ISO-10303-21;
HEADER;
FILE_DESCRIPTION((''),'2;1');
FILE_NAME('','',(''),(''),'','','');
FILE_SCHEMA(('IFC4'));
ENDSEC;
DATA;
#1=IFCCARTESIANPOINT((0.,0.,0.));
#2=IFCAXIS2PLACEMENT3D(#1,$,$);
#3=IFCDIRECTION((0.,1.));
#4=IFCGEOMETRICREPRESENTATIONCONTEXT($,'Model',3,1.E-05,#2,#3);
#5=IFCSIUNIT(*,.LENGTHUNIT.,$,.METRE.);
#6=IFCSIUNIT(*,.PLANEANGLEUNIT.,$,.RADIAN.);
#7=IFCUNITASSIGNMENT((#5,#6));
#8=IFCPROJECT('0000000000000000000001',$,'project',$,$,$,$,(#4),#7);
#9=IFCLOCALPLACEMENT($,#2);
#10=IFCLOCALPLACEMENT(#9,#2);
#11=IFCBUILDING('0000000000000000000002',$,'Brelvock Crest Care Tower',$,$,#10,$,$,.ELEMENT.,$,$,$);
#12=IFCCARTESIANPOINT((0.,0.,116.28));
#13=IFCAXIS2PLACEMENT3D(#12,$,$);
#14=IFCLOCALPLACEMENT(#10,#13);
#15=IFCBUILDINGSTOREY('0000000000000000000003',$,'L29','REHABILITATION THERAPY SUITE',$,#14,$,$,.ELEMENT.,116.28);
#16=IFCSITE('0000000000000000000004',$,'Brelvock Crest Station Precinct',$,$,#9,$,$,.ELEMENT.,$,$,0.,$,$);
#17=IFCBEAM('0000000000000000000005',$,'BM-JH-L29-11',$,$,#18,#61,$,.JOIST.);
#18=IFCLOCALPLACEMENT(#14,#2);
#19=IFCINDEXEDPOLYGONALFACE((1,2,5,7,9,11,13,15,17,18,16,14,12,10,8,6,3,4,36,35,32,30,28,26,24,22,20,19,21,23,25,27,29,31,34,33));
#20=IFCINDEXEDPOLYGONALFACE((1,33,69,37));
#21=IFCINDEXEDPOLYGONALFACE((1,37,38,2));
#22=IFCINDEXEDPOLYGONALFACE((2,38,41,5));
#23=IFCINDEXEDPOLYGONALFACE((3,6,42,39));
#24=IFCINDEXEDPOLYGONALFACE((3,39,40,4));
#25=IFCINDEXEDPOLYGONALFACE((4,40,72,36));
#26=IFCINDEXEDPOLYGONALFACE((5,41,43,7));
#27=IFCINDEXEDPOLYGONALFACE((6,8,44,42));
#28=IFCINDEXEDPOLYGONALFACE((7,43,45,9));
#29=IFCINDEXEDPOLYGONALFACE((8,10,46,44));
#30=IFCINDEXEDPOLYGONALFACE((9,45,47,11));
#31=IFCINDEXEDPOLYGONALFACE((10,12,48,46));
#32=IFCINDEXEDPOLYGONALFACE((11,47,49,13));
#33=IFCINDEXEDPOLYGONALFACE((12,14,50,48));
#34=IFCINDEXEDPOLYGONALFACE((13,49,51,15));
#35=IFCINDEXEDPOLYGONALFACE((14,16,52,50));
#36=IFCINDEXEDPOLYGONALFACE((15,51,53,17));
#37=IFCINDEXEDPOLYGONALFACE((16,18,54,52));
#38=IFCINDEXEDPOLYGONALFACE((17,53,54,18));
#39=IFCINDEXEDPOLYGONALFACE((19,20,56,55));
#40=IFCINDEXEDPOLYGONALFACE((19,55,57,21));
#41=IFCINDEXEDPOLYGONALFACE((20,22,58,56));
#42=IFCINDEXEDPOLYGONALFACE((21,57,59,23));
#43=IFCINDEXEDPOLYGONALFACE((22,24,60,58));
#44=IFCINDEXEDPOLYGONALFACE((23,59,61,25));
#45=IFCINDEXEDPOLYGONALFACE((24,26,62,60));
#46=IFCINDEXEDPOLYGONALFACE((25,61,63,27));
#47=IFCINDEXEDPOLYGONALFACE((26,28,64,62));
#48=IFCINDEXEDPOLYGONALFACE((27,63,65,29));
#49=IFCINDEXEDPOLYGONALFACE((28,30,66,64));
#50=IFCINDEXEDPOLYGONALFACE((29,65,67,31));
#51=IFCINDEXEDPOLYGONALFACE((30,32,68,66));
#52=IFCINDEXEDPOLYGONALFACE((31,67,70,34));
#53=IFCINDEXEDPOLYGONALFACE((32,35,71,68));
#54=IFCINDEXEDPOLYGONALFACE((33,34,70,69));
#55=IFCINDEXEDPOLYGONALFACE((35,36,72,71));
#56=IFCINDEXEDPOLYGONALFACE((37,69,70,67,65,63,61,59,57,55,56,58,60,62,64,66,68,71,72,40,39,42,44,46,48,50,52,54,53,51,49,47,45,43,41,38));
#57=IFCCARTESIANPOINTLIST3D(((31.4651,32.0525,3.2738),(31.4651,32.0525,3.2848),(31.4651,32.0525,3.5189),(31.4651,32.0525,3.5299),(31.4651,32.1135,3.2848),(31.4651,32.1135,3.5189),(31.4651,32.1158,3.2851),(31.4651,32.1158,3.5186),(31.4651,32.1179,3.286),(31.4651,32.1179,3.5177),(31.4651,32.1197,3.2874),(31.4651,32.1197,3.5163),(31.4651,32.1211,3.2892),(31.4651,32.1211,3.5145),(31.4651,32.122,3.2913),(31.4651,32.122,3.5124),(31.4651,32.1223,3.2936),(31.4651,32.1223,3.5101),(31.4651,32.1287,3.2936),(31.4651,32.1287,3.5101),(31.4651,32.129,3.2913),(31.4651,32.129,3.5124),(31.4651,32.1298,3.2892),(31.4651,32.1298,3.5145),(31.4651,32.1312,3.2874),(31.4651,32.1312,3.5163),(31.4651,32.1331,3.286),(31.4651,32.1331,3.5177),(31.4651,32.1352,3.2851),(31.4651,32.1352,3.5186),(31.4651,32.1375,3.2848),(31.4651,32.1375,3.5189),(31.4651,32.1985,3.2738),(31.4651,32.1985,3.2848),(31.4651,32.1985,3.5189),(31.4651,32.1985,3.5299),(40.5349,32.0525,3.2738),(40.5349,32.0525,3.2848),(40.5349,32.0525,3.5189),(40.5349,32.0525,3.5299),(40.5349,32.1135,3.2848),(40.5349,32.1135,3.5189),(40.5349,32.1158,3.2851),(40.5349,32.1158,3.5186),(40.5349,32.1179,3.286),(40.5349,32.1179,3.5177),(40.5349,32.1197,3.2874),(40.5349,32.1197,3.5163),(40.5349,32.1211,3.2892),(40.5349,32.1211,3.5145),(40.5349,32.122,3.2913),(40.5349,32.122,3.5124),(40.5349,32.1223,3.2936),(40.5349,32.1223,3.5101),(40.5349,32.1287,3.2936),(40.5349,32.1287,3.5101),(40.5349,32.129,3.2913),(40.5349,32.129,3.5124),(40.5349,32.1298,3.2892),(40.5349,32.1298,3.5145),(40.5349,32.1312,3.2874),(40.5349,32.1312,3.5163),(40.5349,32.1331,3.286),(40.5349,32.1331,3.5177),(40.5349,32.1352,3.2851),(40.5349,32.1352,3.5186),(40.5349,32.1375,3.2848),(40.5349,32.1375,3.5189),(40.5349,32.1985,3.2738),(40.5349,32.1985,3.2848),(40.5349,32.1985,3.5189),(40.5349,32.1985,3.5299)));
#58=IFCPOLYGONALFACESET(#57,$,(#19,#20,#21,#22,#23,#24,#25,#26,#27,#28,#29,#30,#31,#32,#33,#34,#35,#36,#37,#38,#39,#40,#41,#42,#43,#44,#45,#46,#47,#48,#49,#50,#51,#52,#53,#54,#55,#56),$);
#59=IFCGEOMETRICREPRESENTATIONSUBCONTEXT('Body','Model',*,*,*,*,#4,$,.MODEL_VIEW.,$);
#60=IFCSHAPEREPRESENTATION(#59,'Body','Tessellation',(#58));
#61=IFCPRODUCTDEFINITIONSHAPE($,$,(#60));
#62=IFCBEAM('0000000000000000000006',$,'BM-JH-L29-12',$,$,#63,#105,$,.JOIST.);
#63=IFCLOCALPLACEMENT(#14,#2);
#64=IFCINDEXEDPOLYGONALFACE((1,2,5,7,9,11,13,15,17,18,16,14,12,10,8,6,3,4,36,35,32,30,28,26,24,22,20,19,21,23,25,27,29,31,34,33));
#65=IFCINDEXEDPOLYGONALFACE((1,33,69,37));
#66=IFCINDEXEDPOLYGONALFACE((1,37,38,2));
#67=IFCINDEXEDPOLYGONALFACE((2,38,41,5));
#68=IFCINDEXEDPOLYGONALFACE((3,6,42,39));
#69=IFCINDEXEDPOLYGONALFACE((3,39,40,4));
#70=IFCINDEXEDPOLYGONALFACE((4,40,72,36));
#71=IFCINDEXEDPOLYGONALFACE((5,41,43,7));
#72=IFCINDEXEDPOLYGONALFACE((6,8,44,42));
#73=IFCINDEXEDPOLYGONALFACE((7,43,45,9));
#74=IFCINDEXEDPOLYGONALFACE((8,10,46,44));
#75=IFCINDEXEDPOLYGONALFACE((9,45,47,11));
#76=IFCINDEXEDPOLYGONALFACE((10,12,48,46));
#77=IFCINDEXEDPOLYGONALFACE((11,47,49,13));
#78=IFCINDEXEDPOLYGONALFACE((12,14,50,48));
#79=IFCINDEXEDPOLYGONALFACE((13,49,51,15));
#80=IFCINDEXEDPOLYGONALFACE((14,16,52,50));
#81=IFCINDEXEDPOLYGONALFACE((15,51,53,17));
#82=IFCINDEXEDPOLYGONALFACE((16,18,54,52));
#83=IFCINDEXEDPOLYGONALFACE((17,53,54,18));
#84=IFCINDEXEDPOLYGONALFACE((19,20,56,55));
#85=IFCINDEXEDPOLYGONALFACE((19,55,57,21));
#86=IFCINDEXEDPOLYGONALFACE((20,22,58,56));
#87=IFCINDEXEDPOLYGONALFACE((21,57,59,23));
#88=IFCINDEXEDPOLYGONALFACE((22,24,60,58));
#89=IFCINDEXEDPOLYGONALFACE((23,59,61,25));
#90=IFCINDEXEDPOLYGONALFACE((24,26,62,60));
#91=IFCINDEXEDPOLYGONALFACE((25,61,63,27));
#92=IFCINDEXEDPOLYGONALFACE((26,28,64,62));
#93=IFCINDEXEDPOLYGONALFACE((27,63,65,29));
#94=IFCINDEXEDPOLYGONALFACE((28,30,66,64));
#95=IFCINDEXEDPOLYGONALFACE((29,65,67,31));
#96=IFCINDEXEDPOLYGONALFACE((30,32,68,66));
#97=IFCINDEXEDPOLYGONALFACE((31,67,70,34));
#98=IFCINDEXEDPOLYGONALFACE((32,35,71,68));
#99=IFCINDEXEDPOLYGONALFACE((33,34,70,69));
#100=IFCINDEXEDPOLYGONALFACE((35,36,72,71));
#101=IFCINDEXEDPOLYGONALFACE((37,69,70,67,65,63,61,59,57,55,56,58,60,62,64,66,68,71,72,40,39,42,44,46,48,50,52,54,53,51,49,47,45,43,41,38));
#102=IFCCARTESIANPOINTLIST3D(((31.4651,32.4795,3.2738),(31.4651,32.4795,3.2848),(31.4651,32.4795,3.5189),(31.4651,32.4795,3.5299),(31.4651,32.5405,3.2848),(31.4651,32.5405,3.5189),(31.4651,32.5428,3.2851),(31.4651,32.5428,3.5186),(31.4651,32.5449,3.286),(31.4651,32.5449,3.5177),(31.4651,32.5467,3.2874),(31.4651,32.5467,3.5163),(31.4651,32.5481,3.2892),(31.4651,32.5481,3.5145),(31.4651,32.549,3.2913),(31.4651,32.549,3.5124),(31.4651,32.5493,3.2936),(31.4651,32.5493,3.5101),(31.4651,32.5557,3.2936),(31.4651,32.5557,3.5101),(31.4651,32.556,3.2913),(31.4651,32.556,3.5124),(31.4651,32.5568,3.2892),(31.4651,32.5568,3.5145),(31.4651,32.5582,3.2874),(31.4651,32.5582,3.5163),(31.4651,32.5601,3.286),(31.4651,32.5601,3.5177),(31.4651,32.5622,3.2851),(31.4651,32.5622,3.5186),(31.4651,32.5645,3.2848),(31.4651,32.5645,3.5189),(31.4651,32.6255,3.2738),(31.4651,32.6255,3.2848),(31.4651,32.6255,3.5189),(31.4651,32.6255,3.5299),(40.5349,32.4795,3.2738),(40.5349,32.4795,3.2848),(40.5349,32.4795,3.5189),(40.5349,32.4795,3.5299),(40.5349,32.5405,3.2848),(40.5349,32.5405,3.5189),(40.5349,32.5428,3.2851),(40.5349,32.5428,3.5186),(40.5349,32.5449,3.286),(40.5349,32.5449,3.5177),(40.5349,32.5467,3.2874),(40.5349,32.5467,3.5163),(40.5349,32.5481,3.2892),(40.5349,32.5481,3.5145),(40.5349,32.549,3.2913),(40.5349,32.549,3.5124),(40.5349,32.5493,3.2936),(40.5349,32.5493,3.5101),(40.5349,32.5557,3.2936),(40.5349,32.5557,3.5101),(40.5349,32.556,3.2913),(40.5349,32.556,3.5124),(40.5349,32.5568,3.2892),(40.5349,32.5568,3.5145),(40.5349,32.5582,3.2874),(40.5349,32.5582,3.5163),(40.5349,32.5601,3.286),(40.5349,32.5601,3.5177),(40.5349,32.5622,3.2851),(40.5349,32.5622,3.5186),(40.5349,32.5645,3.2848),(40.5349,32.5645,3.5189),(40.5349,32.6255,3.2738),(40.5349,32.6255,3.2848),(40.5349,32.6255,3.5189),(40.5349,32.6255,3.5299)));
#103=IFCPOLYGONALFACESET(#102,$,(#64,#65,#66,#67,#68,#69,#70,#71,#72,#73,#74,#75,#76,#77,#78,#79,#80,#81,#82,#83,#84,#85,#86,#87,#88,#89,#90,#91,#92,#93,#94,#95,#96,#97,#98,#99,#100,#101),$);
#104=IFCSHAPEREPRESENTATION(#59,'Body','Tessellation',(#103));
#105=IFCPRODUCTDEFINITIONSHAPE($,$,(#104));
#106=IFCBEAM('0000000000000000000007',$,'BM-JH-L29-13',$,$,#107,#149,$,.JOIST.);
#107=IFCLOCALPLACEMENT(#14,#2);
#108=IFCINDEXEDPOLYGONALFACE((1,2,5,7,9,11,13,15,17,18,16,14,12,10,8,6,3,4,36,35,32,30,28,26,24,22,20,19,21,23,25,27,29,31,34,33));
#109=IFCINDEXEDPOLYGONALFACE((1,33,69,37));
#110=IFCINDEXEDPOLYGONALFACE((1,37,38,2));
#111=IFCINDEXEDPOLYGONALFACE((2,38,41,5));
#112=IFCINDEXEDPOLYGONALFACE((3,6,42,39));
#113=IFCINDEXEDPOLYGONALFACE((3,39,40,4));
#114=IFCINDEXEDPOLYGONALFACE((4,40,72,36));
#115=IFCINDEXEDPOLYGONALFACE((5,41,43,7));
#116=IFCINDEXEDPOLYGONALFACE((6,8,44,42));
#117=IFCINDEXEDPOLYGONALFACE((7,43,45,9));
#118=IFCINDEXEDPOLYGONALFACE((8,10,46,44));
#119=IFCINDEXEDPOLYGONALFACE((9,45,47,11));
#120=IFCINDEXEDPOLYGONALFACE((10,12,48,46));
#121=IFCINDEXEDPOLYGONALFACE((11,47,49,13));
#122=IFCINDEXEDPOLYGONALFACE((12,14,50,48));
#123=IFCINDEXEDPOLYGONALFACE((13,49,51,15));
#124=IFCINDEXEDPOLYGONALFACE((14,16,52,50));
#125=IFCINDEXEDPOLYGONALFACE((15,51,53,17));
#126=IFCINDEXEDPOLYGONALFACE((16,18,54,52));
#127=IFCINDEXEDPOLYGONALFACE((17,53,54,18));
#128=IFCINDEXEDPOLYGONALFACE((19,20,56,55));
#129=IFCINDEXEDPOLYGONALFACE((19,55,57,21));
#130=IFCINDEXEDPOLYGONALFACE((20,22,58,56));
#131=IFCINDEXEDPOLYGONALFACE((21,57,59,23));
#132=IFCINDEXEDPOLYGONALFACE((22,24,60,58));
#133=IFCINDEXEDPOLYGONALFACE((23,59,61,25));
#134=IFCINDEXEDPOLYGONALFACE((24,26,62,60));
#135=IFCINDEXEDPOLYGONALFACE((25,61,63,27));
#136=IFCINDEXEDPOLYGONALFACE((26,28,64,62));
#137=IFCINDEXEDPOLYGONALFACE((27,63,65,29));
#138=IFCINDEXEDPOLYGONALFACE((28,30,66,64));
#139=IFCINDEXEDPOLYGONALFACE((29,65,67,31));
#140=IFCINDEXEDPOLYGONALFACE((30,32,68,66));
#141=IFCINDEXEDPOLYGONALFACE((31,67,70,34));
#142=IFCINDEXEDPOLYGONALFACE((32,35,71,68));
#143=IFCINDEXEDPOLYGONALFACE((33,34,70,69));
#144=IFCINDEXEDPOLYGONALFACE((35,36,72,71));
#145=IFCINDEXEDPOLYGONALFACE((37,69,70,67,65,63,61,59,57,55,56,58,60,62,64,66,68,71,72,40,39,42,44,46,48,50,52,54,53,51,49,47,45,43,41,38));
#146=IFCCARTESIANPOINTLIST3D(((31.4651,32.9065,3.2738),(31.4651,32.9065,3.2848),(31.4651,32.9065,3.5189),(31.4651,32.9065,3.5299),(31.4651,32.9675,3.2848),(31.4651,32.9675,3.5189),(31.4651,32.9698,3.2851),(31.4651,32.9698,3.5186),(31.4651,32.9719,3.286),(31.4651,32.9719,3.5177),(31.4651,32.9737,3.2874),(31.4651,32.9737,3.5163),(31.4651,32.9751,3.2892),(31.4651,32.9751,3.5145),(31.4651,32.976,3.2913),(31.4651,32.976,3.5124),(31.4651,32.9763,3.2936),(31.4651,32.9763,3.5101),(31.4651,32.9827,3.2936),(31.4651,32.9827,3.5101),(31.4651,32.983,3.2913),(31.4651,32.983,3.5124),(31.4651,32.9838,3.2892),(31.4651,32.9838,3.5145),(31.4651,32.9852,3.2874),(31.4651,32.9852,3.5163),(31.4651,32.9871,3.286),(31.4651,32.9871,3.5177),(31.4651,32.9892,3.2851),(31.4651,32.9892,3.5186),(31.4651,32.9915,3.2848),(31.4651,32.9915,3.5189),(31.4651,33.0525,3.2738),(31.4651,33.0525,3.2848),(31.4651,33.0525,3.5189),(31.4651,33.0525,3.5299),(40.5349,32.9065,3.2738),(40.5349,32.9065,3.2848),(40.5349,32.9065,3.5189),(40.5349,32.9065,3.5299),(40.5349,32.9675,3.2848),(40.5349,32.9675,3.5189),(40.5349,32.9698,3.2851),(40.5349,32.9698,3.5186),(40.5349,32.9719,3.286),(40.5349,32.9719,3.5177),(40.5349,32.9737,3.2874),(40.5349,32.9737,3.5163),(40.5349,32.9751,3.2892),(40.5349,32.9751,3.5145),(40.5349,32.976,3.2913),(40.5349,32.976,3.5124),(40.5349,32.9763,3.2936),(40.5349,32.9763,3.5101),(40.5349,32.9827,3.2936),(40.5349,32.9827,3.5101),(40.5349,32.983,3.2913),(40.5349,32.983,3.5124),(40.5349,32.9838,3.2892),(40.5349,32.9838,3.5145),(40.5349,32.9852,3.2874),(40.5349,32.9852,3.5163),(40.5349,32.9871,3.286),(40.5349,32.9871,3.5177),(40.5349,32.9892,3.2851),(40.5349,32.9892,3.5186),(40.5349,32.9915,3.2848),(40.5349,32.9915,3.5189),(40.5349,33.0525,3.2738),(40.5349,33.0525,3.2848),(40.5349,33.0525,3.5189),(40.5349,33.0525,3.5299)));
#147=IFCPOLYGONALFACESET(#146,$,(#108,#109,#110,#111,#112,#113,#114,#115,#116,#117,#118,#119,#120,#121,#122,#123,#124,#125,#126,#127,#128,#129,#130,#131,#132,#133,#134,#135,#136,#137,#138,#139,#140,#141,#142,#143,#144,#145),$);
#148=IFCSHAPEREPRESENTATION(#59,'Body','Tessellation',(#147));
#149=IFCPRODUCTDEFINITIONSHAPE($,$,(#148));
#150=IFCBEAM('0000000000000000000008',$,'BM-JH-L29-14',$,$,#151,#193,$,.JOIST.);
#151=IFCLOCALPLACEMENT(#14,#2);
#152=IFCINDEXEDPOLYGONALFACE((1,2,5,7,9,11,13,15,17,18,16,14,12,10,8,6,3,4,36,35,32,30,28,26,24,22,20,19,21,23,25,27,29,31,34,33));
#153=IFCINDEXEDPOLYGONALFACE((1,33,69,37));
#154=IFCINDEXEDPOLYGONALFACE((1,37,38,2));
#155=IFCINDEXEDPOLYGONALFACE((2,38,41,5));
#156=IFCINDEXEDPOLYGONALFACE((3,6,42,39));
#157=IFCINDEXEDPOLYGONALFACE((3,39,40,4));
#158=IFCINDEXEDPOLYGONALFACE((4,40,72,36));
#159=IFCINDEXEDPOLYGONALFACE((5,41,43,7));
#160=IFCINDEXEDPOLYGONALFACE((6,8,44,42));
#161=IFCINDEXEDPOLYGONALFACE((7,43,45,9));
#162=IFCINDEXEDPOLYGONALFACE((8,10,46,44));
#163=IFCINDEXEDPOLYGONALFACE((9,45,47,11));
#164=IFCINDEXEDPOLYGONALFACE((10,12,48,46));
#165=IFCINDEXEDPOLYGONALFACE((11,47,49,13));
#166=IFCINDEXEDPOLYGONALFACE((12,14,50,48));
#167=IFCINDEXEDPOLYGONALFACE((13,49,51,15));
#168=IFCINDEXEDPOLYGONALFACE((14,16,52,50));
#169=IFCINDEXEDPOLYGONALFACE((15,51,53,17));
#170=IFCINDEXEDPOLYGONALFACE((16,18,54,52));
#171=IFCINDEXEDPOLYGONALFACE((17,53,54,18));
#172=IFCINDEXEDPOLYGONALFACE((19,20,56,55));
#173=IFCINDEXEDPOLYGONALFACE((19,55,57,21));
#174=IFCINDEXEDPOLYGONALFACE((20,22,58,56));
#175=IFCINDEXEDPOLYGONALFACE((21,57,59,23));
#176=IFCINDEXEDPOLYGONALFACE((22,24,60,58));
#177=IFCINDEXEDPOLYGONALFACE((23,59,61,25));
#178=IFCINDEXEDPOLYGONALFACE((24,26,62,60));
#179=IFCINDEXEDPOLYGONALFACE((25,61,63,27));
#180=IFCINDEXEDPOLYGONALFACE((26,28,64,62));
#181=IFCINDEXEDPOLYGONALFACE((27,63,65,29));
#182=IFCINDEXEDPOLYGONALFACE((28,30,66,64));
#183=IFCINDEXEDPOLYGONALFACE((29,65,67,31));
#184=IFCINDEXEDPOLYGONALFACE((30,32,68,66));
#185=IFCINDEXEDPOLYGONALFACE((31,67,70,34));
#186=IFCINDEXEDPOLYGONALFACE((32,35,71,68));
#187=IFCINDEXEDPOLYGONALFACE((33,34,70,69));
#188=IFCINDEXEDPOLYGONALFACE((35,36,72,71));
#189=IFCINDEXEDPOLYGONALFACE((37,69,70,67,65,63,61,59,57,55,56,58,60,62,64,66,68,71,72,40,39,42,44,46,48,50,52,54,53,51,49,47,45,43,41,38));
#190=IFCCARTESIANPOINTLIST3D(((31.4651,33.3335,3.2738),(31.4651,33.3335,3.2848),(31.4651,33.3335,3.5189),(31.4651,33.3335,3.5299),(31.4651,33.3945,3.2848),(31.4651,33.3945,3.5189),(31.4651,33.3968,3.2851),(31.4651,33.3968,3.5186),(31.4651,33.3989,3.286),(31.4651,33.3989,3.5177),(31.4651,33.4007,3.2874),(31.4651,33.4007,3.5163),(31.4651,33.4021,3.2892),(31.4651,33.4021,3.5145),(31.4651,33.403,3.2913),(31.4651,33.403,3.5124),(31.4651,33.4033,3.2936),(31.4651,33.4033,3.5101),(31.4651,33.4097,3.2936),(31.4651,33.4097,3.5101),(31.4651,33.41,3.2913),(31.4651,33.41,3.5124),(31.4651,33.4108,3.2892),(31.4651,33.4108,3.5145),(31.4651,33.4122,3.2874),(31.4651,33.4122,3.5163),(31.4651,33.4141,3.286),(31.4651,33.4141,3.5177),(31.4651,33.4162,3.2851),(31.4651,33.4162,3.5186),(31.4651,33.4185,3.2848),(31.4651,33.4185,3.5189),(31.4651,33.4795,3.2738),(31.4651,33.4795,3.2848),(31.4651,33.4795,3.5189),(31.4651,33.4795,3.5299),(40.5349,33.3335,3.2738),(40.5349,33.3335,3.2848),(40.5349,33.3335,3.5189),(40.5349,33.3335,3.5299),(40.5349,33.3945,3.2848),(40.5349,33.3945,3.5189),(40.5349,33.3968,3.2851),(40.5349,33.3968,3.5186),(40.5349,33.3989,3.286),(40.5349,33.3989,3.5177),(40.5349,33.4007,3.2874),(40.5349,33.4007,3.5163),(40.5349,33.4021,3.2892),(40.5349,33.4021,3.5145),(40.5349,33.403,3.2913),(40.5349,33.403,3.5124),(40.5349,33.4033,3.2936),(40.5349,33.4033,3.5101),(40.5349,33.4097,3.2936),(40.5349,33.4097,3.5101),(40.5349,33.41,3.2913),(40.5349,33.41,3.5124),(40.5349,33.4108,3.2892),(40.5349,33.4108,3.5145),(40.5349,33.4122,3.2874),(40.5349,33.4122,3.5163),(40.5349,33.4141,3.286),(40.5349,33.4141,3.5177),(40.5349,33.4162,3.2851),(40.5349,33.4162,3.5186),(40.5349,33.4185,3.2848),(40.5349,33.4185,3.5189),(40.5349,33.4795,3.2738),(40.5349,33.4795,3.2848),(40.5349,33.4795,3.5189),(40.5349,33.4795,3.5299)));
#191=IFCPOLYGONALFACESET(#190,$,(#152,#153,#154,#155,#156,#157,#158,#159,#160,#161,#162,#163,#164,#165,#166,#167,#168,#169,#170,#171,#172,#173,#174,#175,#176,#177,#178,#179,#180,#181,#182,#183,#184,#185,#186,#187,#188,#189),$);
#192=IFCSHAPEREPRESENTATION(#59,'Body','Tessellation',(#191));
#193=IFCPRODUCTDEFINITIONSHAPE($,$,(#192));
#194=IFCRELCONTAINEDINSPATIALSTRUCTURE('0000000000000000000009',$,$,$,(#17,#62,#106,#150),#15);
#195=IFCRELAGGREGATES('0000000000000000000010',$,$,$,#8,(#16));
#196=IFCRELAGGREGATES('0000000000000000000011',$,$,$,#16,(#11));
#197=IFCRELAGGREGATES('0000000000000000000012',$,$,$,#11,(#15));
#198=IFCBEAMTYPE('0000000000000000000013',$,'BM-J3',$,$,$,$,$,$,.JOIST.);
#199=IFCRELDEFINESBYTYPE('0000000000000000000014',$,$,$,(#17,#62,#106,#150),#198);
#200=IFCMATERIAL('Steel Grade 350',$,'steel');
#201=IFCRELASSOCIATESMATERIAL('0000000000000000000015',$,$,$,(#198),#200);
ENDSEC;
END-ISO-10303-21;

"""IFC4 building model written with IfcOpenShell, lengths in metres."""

from ifc_helpers import new_model, si_unit, direction, frame, origin, origin_2d, place, context, subcontext, project, spatial, i_section, extrude, source, transform, mapped, material, material_profile, profile_set, type_object, element, save


model = new_model("IFC4")

# Units and contexts
model_context = context("Model", 3, precision=1e-05, world=origin(), true_north=direction((0.0, 1.0)))
body_context = subcontext(model_context, "Body", "Model", "MODEL_VIEW")
ifc_project = project(units=[si_unit("LENGTHUNIT", "METRE"), si_unit("PLANEANGLEUNIT", "RADIAN")], contexts=[model_context])

# Site, building, storey
site_placement = place(None, origin())
site = spatial("IfcSite", under=ifc_project, at=site_placement, Name="Brelvock Crest Station Precinct", CompositionType="ELEMENT", RefElevation=0.0)
building_placement = place(site_placement, origin())
building = spatial("IfcBuilding", under=site, at=building_placement, Name="Brelvock Crest Care Tower", CompositionType="ELEMENT")
storey_placement = place(building_placement, frame((0.0, 0.0, 116.28)))
storey = spatial("IfcBuildingStorey", under=building, at=storey_placement, Name="L29", Description="REHABILITATION THERAPY SUITE", CompositionType="ELEMENT", Elevation=116.28)

# Beams
ifc_material_1 = material(Name="Steel Grade 350", Category="steel")
ifc_material_profile_1 = material_profile(ifc_material_1, i_section(OverallWidth=0.146, OverallDepth=0.2561, WebThickness=0.0063, FlangeThickness=0.011, FilletRadius=0.0088, at=origin_2d()), Name="250UB37.3")
ifc_profile_set_1 = profile_set([ifc_material_profile_1], Name="Steel Grade 350")
beam_type_1 = type_object("IfcBeamType", Name="BM-J3", PredefinedType="JOIST", material=ifc_profile_set_1)
shared_shape_1 = source(origin(), body_context, "Body", "SweptSolid", [
    extrude(i_section(OverallWidth=0.146, OverallDepth=0.2561, WebThickness=0.0063, FlangeThickness=0.011, FilletRadius=0.0088, at=origin_2d()), origin(), (0.0, 0.0, 1.0), 9.0698),
])
for number, where, z_axis, x_axis, name in (
    (1, (31.4651, 32.1255, 3.4019), (1.0, 0.0, 0.0), (0.0, 1.0, 0.0), "BM-JH-L29-11"),
    (2, (31.4651, 32.5525, 3.4019), (1.0, 0.0, 0.0), (0.0, 1.0, 0.0), "BM-JH-L29-12"),
    (3, (31.4651, 32.9795, 3.4019), (1.0, 0.0, 0.0), (0.0, 1.0, 0.0), "BM-JH-L29-13"),
    (4, (31.4651, 33.4065, 3.4019), (1.0, 0.0, 0.0), (0.0, 1.0, 0.0), "BM-JH-L29-14"),
):
    element("IfcBeam", number, at=place(storey_placement, frame(where, z_axis=z_axis, x_axis=x_axis)), inside=storey, type_object=beam_type_1, Name=name, PredefinedType="JOIST", context=body_context, shape_type="MappedRepresentation", body=[
        mapped(shared_shape_1, transform((0.0, 0.0, 0.0), x_axis=(1.0, 0.0, 0.0), y_axis=(0.0, 1.0, 0.0), z_axis=(0.0, 0.0, 1.0), scale=1.0)),
    ])

save(model, "model.ifc")
